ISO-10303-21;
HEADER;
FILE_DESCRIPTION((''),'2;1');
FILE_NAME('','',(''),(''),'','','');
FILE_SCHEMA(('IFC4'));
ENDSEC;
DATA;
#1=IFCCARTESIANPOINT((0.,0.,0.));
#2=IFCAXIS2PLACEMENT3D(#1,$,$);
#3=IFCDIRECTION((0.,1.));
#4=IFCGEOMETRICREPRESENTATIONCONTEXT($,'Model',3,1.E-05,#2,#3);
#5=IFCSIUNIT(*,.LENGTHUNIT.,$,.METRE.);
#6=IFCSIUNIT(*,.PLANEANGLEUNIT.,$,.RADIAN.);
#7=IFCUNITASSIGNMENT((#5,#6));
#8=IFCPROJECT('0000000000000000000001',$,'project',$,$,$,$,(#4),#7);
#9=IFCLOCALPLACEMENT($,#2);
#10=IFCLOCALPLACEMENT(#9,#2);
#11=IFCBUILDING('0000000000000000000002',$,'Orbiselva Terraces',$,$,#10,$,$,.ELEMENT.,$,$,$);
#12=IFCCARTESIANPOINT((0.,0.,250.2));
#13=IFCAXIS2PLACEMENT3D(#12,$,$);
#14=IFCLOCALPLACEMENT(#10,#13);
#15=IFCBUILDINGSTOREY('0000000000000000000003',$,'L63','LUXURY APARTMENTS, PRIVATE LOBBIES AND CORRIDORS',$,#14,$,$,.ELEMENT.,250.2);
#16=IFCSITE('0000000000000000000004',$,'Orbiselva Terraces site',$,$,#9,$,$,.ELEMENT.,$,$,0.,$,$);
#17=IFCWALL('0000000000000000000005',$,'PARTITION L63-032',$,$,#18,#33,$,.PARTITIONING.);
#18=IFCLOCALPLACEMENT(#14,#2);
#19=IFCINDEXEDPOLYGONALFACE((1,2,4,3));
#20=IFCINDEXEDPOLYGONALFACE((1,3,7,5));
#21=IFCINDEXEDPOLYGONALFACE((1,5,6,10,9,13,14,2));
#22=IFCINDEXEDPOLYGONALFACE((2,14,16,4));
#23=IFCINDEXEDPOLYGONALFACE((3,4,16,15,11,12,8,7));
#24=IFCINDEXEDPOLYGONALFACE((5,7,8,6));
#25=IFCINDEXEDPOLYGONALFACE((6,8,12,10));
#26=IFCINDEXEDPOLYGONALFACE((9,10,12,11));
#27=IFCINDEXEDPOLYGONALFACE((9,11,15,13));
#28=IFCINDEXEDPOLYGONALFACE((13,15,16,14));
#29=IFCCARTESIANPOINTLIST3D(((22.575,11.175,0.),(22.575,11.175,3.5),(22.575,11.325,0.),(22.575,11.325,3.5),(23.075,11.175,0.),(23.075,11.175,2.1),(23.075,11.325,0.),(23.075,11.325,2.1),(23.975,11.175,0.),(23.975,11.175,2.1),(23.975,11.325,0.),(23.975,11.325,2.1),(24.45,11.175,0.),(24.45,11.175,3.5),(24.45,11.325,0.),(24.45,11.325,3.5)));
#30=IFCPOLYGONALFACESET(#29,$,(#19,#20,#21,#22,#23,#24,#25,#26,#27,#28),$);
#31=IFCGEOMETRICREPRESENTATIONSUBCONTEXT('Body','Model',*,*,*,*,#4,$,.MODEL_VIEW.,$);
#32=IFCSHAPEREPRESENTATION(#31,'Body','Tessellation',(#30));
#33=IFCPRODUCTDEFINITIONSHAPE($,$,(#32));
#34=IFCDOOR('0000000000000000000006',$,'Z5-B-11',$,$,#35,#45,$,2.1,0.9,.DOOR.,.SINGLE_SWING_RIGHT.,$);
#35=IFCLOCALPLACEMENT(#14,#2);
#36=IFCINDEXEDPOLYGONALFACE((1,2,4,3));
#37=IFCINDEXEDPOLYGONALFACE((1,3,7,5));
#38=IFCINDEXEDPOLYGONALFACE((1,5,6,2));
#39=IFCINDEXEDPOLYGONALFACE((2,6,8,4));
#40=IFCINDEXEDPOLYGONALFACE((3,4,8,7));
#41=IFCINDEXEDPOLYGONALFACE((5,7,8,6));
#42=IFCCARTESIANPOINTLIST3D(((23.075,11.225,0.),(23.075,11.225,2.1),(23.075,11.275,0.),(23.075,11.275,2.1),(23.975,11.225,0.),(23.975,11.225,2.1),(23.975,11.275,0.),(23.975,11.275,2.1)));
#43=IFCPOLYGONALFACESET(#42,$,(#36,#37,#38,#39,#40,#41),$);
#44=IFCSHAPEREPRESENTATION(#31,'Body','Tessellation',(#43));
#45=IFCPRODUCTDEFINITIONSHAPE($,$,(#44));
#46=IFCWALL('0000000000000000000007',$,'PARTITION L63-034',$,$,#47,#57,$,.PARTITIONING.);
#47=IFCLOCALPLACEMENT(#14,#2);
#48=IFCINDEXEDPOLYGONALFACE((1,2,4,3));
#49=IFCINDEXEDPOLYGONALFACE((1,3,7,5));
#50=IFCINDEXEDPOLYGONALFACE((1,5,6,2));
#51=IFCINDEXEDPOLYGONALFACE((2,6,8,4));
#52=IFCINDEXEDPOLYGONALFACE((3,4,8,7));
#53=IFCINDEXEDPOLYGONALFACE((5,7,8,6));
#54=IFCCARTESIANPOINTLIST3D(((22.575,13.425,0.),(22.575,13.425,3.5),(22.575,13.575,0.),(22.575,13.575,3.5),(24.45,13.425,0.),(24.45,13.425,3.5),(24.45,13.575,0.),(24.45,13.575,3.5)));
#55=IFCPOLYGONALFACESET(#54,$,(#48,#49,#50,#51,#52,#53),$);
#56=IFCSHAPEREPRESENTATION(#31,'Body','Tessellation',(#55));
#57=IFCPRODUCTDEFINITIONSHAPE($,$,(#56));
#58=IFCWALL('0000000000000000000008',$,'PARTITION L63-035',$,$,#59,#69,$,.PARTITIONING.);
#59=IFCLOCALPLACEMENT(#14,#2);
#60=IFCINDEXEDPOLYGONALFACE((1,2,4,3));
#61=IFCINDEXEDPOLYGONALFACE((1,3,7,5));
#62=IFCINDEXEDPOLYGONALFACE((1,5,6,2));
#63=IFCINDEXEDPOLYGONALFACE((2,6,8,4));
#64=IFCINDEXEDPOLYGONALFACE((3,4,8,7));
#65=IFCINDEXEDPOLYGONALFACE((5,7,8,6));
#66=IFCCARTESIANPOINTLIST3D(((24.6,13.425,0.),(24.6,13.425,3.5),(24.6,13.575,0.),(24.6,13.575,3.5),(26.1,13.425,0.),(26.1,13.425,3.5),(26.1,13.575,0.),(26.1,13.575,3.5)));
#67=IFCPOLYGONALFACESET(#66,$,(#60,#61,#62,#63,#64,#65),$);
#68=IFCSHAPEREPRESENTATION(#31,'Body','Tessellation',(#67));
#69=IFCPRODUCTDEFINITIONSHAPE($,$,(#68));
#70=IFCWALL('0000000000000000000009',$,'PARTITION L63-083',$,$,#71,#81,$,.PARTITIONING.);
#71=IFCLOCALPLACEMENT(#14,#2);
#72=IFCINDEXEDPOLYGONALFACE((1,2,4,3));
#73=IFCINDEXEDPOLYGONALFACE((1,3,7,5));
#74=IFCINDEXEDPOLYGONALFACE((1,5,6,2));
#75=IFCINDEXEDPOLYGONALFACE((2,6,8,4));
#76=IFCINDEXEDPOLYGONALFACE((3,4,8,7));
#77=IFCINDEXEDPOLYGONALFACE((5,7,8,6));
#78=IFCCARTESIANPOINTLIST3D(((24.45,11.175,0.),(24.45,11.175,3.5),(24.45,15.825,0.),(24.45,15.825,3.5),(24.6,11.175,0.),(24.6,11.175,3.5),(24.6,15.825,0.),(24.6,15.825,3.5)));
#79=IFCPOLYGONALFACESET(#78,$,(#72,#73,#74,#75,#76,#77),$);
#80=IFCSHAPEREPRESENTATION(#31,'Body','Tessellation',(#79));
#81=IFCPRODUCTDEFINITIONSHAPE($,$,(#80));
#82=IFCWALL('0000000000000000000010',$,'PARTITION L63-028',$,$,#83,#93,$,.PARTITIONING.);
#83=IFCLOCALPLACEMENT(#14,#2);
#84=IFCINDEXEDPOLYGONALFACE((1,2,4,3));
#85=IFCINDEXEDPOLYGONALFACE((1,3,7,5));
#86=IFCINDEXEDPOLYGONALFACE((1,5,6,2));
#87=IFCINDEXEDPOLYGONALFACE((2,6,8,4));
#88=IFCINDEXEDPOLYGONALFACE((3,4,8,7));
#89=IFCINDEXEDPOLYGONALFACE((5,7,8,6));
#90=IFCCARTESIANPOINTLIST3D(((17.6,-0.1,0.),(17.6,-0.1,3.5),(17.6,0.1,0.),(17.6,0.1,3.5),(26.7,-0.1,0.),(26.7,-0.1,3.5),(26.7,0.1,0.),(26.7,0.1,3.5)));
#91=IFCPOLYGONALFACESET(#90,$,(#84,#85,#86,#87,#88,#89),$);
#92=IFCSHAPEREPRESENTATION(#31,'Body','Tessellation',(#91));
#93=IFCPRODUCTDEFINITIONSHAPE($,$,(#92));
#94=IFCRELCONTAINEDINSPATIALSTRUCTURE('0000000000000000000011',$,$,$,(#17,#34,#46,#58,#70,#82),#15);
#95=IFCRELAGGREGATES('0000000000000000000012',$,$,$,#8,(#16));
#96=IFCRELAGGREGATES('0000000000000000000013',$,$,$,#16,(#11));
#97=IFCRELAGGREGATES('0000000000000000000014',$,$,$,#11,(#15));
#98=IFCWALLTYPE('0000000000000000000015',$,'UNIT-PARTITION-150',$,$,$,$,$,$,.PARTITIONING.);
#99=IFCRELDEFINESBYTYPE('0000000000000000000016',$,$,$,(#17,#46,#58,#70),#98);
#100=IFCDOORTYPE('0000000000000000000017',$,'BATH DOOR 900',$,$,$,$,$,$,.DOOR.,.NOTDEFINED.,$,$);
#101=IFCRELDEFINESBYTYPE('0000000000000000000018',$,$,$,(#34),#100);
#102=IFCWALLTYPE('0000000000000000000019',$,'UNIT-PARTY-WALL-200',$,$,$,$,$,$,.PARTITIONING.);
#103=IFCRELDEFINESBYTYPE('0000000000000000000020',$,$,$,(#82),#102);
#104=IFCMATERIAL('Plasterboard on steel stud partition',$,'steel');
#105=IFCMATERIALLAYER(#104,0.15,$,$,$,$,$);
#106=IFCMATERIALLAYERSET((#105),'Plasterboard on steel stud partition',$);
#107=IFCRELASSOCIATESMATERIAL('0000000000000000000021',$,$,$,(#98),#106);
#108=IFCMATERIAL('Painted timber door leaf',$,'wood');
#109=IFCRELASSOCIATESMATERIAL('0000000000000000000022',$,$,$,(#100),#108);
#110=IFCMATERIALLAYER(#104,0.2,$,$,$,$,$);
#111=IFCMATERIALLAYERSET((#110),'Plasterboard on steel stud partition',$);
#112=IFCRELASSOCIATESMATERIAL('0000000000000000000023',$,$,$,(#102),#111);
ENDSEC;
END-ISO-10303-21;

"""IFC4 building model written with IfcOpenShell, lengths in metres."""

from ifc_helpers import new_model, si_unit, direction, frame, frame_2d, origin, place, context, subcontext, project, spatial, rectangle, extrude, material, layer, layer_set, type_object, element, fill, save


model = new_model("IFC4")

# Units and contexts
model_context = context("Model", 3, precision=1e-05, world=origin(), true_north=direction((0.0, 1.0)))
body_context = subcontext(model_context, "Body", "Model", "MODEL_VIEW")
ifc_project = project(units=[si_unit("LENGTHUNIT", "METRE"), si_unit("PLANEANGLEUNIT", "RADIAN")], contexts=[model_context])

# Site, building, storey
site_placement = place(None, origin())
site = spatial("IfcSite", under=ifc_project, at=site_placement, Name="Orbiselva Terraces site", CompositionType="ELEMENT", RefElevation=0.0)
building_placement = place(site_placement, origin())
building = spatial("IfcBuilding", under=site, at=building_placement, Name="Orbiselva Terraces", CompositionType="ELEMENT")
storey_placement = place(building_placement, frame((0.0, 0.0, 250.2)))
storey = spatial("IfcBuildingStorey", under=building, at=storey_placement, Name="L63", Description="LUXURY APARTMENTS, PRIVATE LOBBIES AND CORRIDORS", CompositionType="ELEMENT", Elevation=250.2)

# Shared definitions
ifc_material_1 = material(Name="Plasterboard on steel stud partition", Category="steel")
ifc_material_2 = material(Name="Painted timber door leaf", Category="wood")

# Shared definitions
ifc_layer_1 = layer(ifc_material_1, 0.15)
ifc_layer_set_1 = layer_set([ifc_layer_1], Name="Plasterboard on steel stud partition")
wall_type_1 = type_object("IfcWallType", Name="UNIT-PARTITION-150", PredefinedType="PARTITIONING", material=ifc_layer_set_1)

# Wall, opening, door
wall_1_placement = place(storey_placement, frame((22.575, 11.25, 0.0), z_axis=(0.0, 0.0, 1.0), x_axis=(1.0, 0.0, 0.0)))
wall_1 = element("IfcWall", 1, at=wall_1_placement, inside=storey, type_object=wall_type_1, Name="PARTITION L63-032", PredefinedType="PARTITIONING", context=body_context, shape_type="SweptSolid", body=[
    extrude(rectangle(XDim=1.875, YDim=0.15, at=frame_2d((0.9375, 0.0))), origin(), (0.0, 0.0, 1.0), 3.5),
])
opening_1_placement = place(wall_1_placement, frame((0.5, 0.0, 0.0)))
opening_1 = element("IfcOpeningElement", 2, at=opening_1_placement, cuts=wall_1, PredefinedType="OPENING", context=body_context, shape_type="SweptSolid", body=[
    extrude(rectangle(XDim=0.9, YDim=2.1, at=frame_2d((0.45, 1.05))), frame((0.0, 0.085, 0.0), z_axis=(0.0, -1.0, 0.0), x_axis=(1.0, 0.0, 0.0)), (0.0, 0.0, 1.0), 0.17),
])
door_type_1 = type_object("IfcDoorType", Name="BATH DOOR 900", OperationType="NOTDEFINED", PredefinedType="DOOR", material=ifc_material_2)
door_1_placement = place(opening_1_placement, origin())
door_1 = element("IfcDoor", 3, at=door_1_placement, inside=storey, type_object=door_type_1, Name="Z5-B-11", OperationType="SINGLE_SWING_RIGHT", OverallHeight=2.1, OverallWidth=0.9, PredefinedType="DOOR", context=body_context, shape_type="SweptSolid", body=[
    extrude(rectangle(XDim=0.9, YDim=2.1, at=frame_2d((0.45, 1.05))), frame((0.0, 0.025, 0.0), z_axis=(0.0, -1.0, 0.0), x_axis=(1.0, 0.0, 0.0)), (0.0, 0.0, 1.0), 0.05),
])
fill(opening_1, door_1)

# Walls
wall_2_placement = place(storey_placement, frame((22.575, 13.5, 0.0), z_axis=(0.0, 0.0, 1.0), x_axis=(1.0, 0.0, 0.0)))
element("IfcWall", 4, at=wall_2_placement, inside=storey, type_object=wall_type_1, Name="PARTITION L63-034", PredefinedType="PARTITIONING", context=body_context, shape_type="SweptSolid", body=[
    extrude(rectangle(XDim=1.875, YDim=0.15, at=frame_2d((0.9375, 0.0))), origin(), (0.0, 0.0, 1.0), 3.5),
])
wall_3_placement = place(storey_placement, frame((24.6, 13.5, 0.0), z_axis=(0.0, 0.0, 1.0), x_axis=(1.0, 0.0, 0.0)))
element("IfcWall", 5, at=wall_3_placement, inside=storey, type_object=wall_type_1, Name="PARTITION L63-035", PredefinedType="PARTITIONING", context=body_context, shape_type="SweptSolid", body=[
    extrude(rectangle(XDim=1.5, YDim=0.15, at=frame_2d((0.75, 0.0))), origin(), (0.0, 0.0, 1.0), 3.5),
])
wall_4_placement = place(storey_placement, frame((24.525, 11.175, 0.0), z_axis=(0.0, 0.0, 1.0), x_axis=(0.0, 1.0, 0.0)))
element("IfcWall", 6, at=wall_4_placement, inside=storey, type_object=wall_type_1, Name="PARTITION L63-083", PredefinedType="PARTITIONING", context=body_context, shape_type="SweptSolid", body=[
    extrude(rectangle(XDim=4.65, YDim=0.15, at=frame_2d((2.325, 0.0))), origin(), (0.0, 0.0, 1.0), 3.5),
])
ifc_layer_2 = layer(ifc_material_1, 0.2)
ifc_layer_set_2 = layer_set([ifc_layer_2], Name="Plasterboard on steel stud partition")
wall_type_2 = type_object("IfcWallType", Name="UNIT-PARTY-WALL-200", PredefinedType="PARTITIONING", material=ifc_layer_set_2)
wall_5_placement = place(storey_placement, frame((17.6, 0.0, 0.0), z_axis=(0.0, 0.0, 1.0), x_axis=(1.0, 0.0, 0.0)))
element("IfcWall", 7, at=wall_5_placement, inside=storey, type_object=wall_type_2, Name="PARTITION L63-028", PredefinedType="PARTITIONING", context=body_context, shape_type="SweptSolid", body=[
    extrude(rectangle(XDim=9.1, YDim=0.2, at=frame_2d((4.55, 0.0))), origin(), (0.0, 0.0, 1.0), 3.5),
])

save(model, "model.ifc")
